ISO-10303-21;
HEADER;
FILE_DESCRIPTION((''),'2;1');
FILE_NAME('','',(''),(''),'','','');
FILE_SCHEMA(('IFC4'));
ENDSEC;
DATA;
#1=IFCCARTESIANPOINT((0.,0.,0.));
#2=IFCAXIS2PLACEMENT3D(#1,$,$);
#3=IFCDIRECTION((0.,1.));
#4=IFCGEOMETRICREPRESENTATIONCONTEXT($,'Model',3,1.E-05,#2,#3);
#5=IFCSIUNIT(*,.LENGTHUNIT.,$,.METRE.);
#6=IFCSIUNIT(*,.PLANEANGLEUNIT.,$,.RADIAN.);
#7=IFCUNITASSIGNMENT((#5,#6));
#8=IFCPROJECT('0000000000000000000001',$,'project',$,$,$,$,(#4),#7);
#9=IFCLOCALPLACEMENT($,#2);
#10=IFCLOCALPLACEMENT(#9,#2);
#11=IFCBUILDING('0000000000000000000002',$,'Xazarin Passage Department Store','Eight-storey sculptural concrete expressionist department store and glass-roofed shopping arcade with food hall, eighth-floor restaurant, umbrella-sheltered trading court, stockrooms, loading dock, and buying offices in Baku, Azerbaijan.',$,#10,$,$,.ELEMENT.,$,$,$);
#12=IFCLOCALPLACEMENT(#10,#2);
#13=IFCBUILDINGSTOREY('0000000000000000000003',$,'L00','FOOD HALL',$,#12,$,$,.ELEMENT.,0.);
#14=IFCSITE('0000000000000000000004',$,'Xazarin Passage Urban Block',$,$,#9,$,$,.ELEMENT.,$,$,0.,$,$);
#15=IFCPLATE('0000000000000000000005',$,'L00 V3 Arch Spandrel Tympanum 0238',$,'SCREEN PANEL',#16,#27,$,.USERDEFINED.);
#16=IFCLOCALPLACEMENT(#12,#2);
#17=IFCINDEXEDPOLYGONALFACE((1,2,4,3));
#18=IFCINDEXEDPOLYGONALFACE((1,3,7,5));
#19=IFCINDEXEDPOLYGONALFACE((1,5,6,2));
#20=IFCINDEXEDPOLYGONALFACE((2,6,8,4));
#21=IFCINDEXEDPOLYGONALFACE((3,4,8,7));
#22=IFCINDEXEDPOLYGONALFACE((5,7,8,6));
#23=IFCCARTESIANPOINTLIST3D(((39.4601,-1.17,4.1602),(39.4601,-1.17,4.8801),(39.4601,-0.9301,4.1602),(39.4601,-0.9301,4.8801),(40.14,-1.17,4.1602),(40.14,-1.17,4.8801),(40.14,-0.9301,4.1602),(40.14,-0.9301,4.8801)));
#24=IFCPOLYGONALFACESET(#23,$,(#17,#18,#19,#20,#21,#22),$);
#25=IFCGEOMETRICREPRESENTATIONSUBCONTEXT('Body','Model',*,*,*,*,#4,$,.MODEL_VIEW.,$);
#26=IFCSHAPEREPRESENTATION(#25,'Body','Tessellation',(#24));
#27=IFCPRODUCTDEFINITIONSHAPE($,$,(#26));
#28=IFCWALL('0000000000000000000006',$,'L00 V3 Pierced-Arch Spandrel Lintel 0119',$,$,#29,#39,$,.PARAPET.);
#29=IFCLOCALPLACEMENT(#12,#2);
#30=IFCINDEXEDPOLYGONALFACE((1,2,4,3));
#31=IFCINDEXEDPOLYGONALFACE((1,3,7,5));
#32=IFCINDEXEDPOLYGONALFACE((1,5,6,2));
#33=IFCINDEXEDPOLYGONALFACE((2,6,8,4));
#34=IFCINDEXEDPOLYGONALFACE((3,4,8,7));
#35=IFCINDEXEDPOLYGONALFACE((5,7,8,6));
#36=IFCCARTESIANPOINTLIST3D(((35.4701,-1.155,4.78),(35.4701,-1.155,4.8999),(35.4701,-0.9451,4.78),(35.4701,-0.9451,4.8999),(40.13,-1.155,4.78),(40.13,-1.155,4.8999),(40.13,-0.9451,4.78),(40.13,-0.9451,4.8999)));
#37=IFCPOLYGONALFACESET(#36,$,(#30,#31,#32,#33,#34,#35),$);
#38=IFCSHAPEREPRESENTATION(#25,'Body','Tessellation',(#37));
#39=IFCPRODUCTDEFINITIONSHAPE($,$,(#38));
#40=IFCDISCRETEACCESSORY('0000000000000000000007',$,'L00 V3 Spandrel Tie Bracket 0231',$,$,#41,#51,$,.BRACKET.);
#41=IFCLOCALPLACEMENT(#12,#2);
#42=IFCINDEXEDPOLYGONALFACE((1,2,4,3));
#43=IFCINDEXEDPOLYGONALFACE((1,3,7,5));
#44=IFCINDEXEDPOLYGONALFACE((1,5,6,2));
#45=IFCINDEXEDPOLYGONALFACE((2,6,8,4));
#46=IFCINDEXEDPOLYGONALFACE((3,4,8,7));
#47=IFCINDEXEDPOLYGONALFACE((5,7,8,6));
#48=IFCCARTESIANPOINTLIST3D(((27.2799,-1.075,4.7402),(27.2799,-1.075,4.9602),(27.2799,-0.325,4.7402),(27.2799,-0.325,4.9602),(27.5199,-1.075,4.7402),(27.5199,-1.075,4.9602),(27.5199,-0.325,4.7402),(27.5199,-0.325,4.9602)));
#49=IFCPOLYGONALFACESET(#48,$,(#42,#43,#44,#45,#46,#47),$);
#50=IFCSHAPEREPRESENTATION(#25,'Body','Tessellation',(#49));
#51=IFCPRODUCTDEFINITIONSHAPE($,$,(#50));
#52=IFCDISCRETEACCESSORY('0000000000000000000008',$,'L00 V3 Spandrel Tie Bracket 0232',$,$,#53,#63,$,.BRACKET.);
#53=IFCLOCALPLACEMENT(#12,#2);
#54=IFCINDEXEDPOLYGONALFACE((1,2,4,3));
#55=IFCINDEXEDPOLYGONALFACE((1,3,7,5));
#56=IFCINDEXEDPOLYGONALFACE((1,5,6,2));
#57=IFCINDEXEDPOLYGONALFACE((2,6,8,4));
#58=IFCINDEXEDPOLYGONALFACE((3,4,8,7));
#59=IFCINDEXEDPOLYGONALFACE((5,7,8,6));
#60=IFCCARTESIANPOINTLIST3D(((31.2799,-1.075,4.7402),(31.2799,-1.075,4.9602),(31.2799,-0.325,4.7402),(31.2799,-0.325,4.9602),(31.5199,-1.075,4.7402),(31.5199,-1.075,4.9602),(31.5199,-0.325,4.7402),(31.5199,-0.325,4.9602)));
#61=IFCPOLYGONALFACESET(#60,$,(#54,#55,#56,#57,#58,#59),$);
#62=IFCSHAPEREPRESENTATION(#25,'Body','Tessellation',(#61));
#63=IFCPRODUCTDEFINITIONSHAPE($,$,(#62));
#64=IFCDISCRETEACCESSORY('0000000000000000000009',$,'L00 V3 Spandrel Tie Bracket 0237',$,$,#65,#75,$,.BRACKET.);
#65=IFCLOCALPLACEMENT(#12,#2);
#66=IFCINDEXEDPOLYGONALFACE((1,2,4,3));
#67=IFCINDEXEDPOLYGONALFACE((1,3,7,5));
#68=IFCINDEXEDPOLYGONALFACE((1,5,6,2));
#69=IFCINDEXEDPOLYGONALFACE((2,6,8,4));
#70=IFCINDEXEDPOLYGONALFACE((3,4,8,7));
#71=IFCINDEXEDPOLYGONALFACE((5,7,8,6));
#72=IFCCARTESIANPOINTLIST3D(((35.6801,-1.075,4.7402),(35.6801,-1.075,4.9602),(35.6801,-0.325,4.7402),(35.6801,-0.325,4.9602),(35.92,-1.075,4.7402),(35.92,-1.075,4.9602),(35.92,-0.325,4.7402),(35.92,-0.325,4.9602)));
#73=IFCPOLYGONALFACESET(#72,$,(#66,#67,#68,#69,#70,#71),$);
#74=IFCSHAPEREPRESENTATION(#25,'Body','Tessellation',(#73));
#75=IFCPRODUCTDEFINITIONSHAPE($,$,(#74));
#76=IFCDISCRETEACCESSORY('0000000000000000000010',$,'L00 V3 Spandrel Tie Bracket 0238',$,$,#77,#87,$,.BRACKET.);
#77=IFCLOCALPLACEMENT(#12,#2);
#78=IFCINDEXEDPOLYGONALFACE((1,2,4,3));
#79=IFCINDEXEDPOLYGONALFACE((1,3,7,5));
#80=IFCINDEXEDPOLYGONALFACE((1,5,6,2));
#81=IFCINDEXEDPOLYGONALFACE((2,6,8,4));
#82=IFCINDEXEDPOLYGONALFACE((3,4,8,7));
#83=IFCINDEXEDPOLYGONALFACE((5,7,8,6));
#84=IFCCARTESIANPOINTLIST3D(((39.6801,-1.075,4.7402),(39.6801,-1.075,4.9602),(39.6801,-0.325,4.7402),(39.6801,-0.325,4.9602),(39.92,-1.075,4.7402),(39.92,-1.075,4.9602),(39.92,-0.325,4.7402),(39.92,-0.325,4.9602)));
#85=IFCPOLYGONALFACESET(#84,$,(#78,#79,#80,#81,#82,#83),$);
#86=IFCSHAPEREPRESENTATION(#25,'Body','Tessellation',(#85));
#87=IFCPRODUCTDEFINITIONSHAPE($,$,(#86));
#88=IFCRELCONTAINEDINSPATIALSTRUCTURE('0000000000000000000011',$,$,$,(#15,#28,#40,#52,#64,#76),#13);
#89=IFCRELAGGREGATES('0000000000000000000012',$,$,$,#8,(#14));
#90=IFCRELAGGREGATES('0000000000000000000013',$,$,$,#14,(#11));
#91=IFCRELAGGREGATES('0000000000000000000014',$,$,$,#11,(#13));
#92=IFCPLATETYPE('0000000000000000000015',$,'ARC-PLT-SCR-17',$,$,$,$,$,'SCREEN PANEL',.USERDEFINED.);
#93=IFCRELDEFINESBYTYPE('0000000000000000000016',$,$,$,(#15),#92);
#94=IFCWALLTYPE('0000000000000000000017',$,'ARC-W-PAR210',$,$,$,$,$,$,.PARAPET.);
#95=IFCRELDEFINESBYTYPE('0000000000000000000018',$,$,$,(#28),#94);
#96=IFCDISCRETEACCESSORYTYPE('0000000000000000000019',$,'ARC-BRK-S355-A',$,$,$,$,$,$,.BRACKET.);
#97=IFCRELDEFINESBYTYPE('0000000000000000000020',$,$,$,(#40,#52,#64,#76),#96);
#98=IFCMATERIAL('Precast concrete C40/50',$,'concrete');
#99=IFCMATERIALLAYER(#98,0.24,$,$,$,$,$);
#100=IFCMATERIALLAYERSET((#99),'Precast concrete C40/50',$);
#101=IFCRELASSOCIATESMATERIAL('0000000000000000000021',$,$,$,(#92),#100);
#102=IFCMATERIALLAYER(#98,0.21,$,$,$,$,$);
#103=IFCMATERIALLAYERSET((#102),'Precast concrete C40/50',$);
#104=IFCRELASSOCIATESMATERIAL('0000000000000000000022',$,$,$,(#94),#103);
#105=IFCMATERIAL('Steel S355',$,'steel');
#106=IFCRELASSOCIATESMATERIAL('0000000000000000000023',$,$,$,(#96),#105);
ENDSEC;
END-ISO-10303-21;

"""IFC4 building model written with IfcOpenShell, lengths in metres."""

from ifc_helpers import new_model, si_unit, direction, frame, frame_2d, origin, origin_2d, place, context, subcontext, project, spatial, rectangle, extrude, material, layer, layer_set, type_object, element, save


model = new_model("IFC4")

# Units and contexts
model_context = context("Model", 3, precision=1e-05, world=origin(), true_north=direction((0.0, 1.0)))
body_context = subcontext(model_context, "Body", "Model", "MODEL_VIEW")
ifc_project = project(units=[si_unit("LENGTHUNIT", "METRE"), si_unit("PLANEANGLEUNIT", "RADIAN")], contexts=[model_context])

# Site, building, storey
site_placement = place(None, origin())
site = spatial("IfcSite", under=ifc_project, at=site_placement, Name="Xazarin Passage Urban Block", CompositionType="ELEMENT", RefElevation=0.0)
building_placement = place(site_placement, origin())
building = spatial("IfcBuilding", under=site, at=building_placement, Name="Xazarin Passage Department Store", Description="Eight-storey sculptural concrete expressionist department store and glass-roofed shopping arcade with food hall, eighth-floor restaurant, umbrella-sheltered trading court, stockrooms, loading dock, and buying offices in Baku, Azerbaijan.", CompositionType="ELEMENT")
storey_placement = place(building_placement, origin())
storey = spatial("IfcBuildingStorey", under=building, at=storey_placement, Name="L00", Description="FOOD HALL", CompositionType="ELEMENT", Elevation=0.0)

# Plate
ifc_material_1 = material(Name="Precast concrete C40/50", Category="concrete")
ifc_layer_1 = layer(ifc_material_1, 0.24)
ifc_layer_set_1 = layer_set([ifc_layer_1], Name="Precast concrete C40/50")
plate_type_1 = type_object("IfcPlateType", Name="ARC-PLT-SCR-17", ElementType="SCREEN PANEL", PredefinedType="USERDEFINED", material=ifc_layer_set_1)
for number, where, z_axis, x_axis, name in (
    (1, (39.8, -1.05, 4.1602), (0.0, 0.0, 1.0), (1.0, 0.0, 0.0), "L00 V3 Arch Spandrel Tympanum 0238"),
):
    element("IfcPlate", number, at=place(storey_placement, frame(where, z_axis=z_axis, x_axis=x_axis)), inside=storey, type_object=plate_type_1, Name=name, ObjectType="SCREEN PANEL", PredefinedType="USERDEFINED", context=body_context, shape_type="SweptSolid", body=[
        extrude(rectangle(XDim=0.6799, YDim=0.24, at=origin_2d()), origin(), (0.0, 0.0, 1.0), 0.72),
    ])

# Wall
ifc_layer_2 = layer(ifc_material_1, 0.21)
ifc_layer_set_2 = layer_set([ifc_layer_2], Name="Precast concrete C40/50")
wall_type = type_object("IfcWallType", Name="ARC-W-PAR210", PredefinedType="PARAPET", material=ifc_layer_set_2)
wall_placement = place(storey_placement, frame((35.47, -1.05, 4.78), z_axis=(0.0, 0.0, 1.0), x_axis=(1.0, 0.0, 0.0)))
element("IfcWall", 2, at=wall_placement, inside=storey, type_object=wall_type, Name="L00 V3 Pierced-Arch Spandrel Lintel 0119", PredefinedType="PARAPET", context=body_context, shape_type="SweptSolid", body=[
    extrude(rectangle(XDim=4.6599, YDim=0.21, at=frame_2d((2.3301, 0.0))), origin(), (0.0, 0.0, 1.0), 0.1199),
])

# Discrete accessories
ifc_material_2 = material(Name="Steel S355", Category="steel")
discrete_accessory_type = type_object("IfcDiscreteAccessoryType", Name="ARC-BRK-S355-A", PredefinedType="BRACKET", material=ifc_material_2)
for number, where, z_axis, x_axis, name in (
    (3, (27.3999, -0.7, 4.7402), (0.0, 0.0, 1.0), (1.0, 0.0, 0.0), "L00 V3 Spandrel Tie Bracket 0231"),
    (4, (31.3999, -0.7, 4.7402), (0.0, 0.0, 1.0), (1.0, 0.0, 0.0), "L00 V3 Spandrel Tie Bracket 0232"),
    (5, (35.8, -0.7, 4.7402), (0.0, 0.0, 1.0), (1.0, 0.0, 0.0), "L00 V3 Spandrel Tie Bracket 0237"),
    (6, (39.8, -0.7, 4.7402), (0.0, 0.0, 1.0), (1.0, 0.0, 0.0), "L00 V3 Spandrel Tie Bracket 0238"),
):
    element("IfcDiscreteAccessory", number, at=place(storey_placement, frame(where, z_axis=z_axis, x_axis=x_axis)), inside=storey, type_object=discrete_accessory_type, Name=name, PredefinedType="BRACKET", context=body_context, shape_type="SweptSolid", body=[
        extrude(rectangle(XDim=0.24, YDim=0.75, at=origin_2d()), origin(), (0.0, 0.0, 1.0), 0.22),
    ])

save(model, "model.ifc")
